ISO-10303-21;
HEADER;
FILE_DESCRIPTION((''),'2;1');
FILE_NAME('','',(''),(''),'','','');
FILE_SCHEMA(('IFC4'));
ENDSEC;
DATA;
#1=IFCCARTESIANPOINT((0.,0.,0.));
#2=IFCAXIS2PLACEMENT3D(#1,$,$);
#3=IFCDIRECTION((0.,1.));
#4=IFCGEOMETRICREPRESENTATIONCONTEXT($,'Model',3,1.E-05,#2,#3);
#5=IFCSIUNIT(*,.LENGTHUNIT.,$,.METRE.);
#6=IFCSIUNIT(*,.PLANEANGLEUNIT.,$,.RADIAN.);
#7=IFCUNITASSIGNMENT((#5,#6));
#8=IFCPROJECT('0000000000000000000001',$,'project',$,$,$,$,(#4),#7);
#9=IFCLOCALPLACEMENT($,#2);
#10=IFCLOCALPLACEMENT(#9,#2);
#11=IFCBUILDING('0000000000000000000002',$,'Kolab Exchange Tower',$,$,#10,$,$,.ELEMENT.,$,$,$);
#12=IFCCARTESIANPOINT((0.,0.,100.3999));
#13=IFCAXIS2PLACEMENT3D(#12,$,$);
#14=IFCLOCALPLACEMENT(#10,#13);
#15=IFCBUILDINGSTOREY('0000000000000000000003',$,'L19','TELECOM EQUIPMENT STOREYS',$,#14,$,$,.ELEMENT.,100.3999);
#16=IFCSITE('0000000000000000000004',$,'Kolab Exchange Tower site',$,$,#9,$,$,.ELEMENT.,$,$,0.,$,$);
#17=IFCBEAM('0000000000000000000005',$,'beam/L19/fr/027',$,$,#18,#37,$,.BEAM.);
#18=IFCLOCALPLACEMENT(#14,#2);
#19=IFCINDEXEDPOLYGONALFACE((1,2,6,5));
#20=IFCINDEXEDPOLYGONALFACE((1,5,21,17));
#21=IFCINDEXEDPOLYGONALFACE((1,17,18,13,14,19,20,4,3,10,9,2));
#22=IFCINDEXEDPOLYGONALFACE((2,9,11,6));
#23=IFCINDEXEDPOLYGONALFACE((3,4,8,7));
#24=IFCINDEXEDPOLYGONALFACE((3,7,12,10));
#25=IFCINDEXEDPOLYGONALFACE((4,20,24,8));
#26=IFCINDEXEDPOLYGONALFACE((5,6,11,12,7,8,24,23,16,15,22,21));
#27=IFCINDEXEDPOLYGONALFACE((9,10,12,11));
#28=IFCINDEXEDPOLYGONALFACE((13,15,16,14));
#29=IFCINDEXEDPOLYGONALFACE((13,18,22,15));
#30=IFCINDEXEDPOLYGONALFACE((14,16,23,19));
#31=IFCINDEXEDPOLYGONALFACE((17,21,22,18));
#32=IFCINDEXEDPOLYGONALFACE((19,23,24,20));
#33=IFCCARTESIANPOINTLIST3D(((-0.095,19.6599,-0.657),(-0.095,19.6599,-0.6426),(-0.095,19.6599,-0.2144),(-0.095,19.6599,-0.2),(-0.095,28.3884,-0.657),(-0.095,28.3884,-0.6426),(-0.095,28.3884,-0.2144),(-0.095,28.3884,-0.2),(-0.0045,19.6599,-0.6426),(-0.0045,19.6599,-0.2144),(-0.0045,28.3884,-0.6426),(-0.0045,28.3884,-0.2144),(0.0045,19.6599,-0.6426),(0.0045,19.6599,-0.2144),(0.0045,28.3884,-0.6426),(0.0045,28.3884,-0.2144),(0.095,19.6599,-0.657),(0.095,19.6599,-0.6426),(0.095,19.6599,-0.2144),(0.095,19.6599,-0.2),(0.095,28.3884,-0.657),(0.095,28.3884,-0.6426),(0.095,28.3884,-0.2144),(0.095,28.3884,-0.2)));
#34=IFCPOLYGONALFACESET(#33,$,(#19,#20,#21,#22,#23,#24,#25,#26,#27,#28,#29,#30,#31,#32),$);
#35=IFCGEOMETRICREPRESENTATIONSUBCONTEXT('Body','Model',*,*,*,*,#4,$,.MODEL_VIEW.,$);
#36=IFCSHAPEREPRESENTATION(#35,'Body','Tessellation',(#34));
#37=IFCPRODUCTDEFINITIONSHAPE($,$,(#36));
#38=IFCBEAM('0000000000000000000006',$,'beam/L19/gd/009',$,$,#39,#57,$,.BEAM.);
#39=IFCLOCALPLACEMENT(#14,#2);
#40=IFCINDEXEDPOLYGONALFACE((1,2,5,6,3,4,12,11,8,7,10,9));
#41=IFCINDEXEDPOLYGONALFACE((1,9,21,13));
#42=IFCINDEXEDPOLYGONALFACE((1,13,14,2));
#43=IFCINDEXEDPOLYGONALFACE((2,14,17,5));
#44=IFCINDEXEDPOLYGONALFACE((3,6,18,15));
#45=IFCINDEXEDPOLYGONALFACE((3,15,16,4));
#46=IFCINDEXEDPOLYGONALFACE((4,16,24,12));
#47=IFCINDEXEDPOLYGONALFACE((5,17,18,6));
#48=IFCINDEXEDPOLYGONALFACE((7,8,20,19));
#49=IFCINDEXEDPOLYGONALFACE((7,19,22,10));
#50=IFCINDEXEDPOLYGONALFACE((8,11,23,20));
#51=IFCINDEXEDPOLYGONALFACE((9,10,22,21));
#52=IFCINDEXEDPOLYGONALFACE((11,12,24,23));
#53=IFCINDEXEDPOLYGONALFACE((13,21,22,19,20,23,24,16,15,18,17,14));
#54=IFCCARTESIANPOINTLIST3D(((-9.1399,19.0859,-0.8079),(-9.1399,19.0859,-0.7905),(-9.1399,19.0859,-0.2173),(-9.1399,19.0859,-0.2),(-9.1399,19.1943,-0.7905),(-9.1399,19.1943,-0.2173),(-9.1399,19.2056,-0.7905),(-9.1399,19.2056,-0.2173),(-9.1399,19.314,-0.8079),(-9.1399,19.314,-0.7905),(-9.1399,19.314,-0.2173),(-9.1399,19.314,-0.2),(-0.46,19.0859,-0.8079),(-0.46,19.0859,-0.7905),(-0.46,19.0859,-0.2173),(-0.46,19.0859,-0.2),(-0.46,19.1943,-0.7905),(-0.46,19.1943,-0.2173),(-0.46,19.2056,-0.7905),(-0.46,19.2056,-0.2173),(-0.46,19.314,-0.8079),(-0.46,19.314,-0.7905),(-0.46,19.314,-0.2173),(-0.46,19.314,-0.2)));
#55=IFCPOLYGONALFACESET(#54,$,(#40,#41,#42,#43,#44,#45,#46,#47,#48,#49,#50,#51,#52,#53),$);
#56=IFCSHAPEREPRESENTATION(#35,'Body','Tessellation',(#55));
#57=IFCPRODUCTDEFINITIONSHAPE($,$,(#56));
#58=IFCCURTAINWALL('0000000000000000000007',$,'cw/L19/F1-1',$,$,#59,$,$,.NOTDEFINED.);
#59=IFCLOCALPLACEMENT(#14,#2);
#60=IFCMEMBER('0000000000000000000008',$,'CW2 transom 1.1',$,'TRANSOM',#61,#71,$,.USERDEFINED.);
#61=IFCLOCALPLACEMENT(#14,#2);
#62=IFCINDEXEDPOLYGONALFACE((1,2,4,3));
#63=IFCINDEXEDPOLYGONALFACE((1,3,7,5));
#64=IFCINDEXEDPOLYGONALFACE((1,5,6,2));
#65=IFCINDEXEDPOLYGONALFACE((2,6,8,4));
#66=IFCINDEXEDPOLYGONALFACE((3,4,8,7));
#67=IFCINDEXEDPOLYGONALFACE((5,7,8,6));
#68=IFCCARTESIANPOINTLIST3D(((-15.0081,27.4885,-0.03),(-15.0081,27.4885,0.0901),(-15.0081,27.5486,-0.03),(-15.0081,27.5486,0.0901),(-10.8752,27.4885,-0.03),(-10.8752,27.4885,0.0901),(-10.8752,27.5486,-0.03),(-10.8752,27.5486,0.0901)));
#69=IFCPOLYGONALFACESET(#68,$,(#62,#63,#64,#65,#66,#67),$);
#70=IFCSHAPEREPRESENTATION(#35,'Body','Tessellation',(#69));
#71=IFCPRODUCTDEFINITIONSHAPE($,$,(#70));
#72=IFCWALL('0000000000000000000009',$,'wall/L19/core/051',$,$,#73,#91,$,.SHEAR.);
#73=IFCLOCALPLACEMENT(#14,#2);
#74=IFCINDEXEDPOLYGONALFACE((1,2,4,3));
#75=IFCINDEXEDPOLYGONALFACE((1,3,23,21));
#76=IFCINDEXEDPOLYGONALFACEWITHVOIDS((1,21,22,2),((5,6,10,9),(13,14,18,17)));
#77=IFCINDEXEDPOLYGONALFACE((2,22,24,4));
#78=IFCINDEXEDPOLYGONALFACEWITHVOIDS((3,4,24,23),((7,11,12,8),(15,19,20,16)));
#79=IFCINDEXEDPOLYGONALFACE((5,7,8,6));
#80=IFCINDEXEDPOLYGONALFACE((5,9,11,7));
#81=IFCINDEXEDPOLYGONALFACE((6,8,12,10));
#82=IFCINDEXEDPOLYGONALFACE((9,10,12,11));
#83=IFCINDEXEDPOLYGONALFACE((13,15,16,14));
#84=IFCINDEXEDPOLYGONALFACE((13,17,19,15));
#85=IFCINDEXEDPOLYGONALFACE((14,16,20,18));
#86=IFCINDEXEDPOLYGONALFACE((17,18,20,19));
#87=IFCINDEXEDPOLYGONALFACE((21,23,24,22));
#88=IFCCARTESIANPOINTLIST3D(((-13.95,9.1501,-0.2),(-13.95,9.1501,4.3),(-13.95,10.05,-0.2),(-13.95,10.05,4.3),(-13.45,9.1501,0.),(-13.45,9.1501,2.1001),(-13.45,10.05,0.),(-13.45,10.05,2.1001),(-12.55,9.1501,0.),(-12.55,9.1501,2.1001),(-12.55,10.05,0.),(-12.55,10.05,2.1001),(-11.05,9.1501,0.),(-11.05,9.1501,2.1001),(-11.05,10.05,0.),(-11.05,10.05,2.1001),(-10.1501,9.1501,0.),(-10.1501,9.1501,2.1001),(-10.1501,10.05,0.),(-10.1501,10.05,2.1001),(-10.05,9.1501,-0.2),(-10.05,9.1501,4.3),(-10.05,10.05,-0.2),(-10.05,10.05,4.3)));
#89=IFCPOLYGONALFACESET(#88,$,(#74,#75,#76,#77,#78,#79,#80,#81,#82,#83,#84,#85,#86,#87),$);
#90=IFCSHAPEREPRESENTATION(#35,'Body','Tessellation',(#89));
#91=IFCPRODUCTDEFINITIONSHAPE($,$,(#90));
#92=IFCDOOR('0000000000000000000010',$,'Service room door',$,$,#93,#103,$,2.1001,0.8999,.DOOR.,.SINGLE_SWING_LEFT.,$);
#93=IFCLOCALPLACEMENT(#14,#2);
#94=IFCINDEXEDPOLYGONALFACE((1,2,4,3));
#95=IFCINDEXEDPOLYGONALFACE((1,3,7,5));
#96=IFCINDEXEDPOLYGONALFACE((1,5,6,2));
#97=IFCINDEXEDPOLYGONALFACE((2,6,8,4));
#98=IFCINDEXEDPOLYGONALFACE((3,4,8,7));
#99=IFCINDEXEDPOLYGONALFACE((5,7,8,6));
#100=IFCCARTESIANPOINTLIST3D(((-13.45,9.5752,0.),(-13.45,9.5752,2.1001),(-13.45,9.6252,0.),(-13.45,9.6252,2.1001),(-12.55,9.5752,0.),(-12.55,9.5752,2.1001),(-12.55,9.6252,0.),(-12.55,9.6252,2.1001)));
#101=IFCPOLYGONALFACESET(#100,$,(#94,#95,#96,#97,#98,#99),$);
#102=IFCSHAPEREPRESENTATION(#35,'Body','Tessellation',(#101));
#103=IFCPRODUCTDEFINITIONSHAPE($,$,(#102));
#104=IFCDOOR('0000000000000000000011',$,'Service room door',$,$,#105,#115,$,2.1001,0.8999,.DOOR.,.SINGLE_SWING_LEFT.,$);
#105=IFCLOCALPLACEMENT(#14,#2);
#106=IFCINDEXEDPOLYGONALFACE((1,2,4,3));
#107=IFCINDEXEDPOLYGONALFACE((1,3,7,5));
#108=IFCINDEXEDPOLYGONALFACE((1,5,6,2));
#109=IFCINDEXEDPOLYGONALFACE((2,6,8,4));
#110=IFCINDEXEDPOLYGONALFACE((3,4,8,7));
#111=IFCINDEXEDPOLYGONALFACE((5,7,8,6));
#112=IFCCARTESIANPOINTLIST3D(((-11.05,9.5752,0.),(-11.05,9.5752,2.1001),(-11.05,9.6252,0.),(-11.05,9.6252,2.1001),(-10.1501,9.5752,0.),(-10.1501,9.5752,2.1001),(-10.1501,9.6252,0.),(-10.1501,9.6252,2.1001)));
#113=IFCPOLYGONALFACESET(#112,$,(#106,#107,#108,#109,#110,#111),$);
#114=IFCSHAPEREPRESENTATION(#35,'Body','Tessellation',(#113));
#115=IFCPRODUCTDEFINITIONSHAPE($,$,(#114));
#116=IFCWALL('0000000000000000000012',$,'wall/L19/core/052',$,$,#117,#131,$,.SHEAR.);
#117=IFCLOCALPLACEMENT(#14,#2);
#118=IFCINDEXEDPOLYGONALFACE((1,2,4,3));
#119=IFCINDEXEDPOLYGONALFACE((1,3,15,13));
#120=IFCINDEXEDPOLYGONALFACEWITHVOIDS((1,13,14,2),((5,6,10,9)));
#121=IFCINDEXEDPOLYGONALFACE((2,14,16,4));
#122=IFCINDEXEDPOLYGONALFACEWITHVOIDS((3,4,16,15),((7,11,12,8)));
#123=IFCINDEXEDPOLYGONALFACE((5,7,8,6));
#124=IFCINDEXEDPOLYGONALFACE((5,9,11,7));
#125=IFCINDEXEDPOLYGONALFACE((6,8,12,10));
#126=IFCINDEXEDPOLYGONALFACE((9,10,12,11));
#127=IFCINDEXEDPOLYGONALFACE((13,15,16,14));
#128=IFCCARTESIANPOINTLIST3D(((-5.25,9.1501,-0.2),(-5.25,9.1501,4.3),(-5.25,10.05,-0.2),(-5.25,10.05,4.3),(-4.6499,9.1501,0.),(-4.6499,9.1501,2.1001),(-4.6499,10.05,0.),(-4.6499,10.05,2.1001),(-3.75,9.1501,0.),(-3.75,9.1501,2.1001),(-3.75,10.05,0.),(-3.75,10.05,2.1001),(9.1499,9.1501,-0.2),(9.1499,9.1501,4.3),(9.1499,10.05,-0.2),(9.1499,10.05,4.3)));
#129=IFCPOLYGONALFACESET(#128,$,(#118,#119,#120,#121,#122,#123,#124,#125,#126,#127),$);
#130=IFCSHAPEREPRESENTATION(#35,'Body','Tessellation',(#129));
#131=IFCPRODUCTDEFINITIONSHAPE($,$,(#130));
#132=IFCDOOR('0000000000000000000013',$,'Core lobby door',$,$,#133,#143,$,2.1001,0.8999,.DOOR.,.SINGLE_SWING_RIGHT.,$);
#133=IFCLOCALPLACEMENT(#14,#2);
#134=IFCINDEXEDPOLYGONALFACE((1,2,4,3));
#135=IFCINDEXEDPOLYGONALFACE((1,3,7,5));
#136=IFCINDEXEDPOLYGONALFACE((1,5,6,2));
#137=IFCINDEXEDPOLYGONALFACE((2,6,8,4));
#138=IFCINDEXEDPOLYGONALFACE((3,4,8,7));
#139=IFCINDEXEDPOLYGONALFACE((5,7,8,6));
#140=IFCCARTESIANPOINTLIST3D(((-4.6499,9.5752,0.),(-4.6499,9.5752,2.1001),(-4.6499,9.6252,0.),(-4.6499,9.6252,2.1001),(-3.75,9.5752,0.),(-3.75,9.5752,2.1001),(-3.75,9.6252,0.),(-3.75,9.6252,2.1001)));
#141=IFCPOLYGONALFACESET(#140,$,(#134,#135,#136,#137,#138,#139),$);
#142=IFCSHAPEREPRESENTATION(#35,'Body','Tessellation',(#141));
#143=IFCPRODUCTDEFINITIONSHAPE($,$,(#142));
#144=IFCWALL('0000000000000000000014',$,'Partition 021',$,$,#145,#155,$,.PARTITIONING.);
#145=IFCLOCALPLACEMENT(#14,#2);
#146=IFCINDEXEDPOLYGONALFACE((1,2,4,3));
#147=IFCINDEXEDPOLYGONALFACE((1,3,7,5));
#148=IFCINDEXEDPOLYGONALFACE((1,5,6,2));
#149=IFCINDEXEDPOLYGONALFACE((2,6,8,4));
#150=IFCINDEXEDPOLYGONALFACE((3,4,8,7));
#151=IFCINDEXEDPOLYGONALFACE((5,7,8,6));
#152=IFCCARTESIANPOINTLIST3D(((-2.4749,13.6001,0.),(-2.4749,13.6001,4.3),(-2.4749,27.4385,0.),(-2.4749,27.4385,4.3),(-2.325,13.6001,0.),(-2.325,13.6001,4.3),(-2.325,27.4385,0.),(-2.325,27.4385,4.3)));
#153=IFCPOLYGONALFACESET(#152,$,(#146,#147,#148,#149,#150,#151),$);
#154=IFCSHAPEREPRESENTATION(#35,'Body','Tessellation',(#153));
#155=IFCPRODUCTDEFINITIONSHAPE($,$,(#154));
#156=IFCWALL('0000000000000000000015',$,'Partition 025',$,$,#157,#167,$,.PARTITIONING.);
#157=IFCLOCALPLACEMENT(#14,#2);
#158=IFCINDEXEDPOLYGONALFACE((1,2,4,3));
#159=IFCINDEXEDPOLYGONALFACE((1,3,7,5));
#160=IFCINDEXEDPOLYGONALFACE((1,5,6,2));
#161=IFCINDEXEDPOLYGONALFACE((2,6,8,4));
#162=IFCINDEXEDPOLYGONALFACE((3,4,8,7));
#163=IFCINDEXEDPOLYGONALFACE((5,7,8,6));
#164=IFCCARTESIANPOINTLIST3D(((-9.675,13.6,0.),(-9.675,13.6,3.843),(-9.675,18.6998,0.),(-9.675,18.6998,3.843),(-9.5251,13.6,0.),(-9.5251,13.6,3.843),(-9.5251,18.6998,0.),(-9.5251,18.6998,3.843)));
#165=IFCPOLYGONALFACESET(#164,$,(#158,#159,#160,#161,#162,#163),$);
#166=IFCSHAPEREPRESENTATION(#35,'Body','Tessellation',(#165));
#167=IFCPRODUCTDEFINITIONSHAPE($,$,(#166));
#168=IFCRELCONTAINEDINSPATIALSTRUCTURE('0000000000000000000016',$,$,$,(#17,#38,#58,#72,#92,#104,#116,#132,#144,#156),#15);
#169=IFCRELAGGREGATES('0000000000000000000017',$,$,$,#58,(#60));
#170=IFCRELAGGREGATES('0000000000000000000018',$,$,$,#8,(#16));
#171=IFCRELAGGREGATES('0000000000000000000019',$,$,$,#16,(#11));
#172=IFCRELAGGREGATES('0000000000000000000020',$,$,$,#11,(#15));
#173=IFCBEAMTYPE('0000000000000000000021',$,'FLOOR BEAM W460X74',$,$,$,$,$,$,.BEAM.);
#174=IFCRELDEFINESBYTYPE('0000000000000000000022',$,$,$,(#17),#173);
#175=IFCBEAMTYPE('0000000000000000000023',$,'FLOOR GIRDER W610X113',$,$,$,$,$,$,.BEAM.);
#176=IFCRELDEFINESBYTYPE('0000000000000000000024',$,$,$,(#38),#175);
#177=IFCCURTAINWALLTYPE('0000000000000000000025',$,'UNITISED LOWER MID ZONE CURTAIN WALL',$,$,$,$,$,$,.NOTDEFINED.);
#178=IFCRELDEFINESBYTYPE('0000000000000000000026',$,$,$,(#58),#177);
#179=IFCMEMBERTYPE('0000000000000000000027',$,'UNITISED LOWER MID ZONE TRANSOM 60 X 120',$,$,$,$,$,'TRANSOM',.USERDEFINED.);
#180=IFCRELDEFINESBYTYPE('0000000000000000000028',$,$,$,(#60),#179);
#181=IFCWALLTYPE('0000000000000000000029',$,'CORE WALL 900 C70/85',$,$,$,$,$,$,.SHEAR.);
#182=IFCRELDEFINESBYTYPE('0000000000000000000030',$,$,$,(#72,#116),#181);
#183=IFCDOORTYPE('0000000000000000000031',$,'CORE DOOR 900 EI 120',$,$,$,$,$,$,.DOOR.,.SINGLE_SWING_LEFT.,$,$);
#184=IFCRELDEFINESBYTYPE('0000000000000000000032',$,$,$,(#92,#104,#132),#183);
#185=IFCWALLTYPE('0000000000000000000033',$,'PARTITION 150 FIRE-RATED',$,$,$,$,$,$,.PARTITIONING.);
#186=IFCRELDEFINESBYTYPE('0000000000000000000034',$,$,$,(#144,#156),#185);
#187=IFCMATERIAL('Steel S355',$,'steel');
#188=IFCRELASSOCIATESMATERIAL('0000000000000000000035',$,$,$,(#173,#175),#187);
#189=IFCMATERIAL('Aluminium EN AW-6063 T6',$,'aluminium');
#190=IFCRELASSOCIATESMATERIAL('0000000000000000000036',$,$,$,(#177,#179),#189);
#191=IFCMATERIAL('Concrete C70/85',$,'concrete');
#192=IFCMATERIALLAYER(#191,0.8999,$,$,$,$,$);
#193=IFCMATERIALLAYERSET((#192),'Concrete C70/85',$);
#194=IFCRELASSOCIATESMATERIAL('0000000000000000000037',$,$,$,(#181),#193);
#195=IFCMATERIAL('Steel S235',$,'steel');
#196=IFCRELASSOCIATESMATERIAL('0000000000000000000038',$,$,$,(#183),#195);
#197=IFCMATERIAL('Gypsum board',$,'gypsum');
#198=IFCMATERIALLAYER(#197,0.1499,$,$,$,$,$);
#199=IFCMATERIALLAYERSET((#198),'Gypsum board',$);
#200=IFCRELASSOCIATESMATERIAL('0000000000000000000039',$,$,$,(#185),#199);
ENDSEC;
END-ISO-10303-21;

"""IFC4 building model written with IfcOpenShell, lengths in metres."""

from ifc_helpers import new_model, si_unit, direction, frame, frame_2d, origin, origin_2d, place, context, subcontext, project, spatial, rectangle, i_section, extrude, material, layer, layer_set, material_profile, profile_set, type_object, element, fill, aggregate, save


model = new_model("IFC4")

# Units and contexts
model_context = context("Model", 3, precision=1e-05, world=origin(), true_north=direction((0.0, 1.0)))
body_context = subcontext(model_context, "Body", "Model", "MODEL_VIEW")
ifc_project = project(units=[si_unit("LENGTHUNIT", "METRE"), si_unit("PLANEANGLEUNIT", "RADIAN")], contexts=[model_context])

# Site, building, storey
site_placement = place(None, origin())
site = spatial("IfcSite", under=ifc_project, at=site_placement, Name="Kolab Exchange Tower site", CompositionType="ELEMENT", RefElevation=0.0)
building_placement = place(site_placement, origin())
building = spatial("IfcBuilding", under=site, at=building_placement, Name="Kolab Exchange Tower", CompositionType="ELEMENT")
storey_placement = place(building_placement, frame((0.0, 0.0, 100.3999)))
storey = spatial("IfcBuildingStorey", under=building, at=storey_placement, Name="L19", Description="TELECOM EQUIPMENT STOREYS", CompositionType="ELEMENT", Elevation=100.3999)

# Shared definitions
ifc_material_1 = material(Name="Concrete C70/85", Category="concrete")

# Beams
ifc_material_2 = material(Name="Steel S355", Category="steel")
ifc_material_profile_1 = material_profile(ifc_material_2, i_section(OverallWidth=0.1899, OverallDepth=0.457, WebThickness=0.009, FlangeThickness=0.0144, at=origin_2d()), Name="W460X74")
ifc_profile_set_1 = profile_set([ifc_material_profile_1], Name="Steel S355")
beam_type_1 = type_object("IfcBeamType", Name="FLOOR BEAM W460X74", PredefinedType="BEAM", material=ifc_profile_set_1)
beam_1_placement = place(storey_placement, frame((0.0, 19.6599, -0.4285), z_axis=(0.0, 1.0, 0.0), x_axis=(-1.0, 0.0, 0.0)))
element("IfcBeam", 1, at=beam_1_placement, inside=storey, type_object=beam_type_1, Name="beam/L19/fr/027", PredefinedType="BEAM", context=body_context, shape_type="SweptSolid", body=[
    extrude(i_section(OverallWidth=0.1899, OverallDepth=0.457, WebThickness=0.009, FlangeThickness=0.0144, at=origin_2d()), origin(), (0.0, 0.0, 1.0), 8.7285),
])
ifc_material_profile_2 = material_profile(ifc_material_2, i_section(OverallWidth=0.228, OverallDepth=0.6079, WebThickness=0.0112, FlangeThickness=0.0173, at=origin_2d()), Name="W610X113")
ifc_profile_set_2 = profile_set([ifc_material_profile_2], Name="Steel S355")
beam_type_2 = type_object("IfcBeamType", Name="FLOOR GIRDER W610X113", PredefinedType="BEAM", material=ifc_profile_set_2)
beam_2_placement = place(storey_placement, frame((-9.1399, 19.2, -0.5039), z_axis=(1.0, 0.0, 0.0), x_axis=(0.0, 1.0, 0.0)))
element("IfcBeam", 2, at=beam_2_placement, inside=storey, type_object=beam_type_2, Name="beam/L19/gd/009", PredefinedType="BEAM", context=body_context, shape_type="SweptSolid", body=[
    extrude(i_section(OverallWidth=0.228, OverallDepth=0.6079, WebThickness=0.0112, FlangeThickness=0.0173, at=origin_2d()), origin(), (0.0, 0.0, 1.0), 8.6799),
])

# Curtain wall, member
ifc_material_3 = material(Name="Aluminium EN AW-6063 T6", Category="aluminium")
curtain_wall_type = type_object("IfcCurtainWallType", Name="UNITISED LOWER MID ZONE CURTAIN WALL", PredefinedType="NOTDEFINED", material=ifc_material_3)
curtain_wall_placement = place(storey_placement, origin())
curtain_wall = element("IfcCurtainWall", 3, at=curtain_wall_placement, inside=storey, type_object=curtain_wall_type, Name="cw/L19/F1-1", PredefinedType="NOTDEFINED")
ifc_material_profile_3 = material_profile(ifc_material_3, rectangle(XDim=0.0601, YDim=0.1201, at=origin_2d()), Name="RECT 60X120")
ifc_profile_set_3 = profile_set([ifc_material_profile_3], Name="Aluminium EN AW-6063 T6")
member_type = type_object("IfcMemberType", Name="UNITISED LOWER MID ZONE TRANSOM 60 X 120", ElementType="TRANSOM", PredefinedType="USERDEFINED", material=ifc_profile_set_3)
member_placement = place(storey_placement, frame((-15.0081, 27.5186, 0.03), z_axis=(1.0, 0.0, 0.0), x_axis=(0.0, 1.0, 0.0)))
member = element("IfcMember", 4, at=member_placement, type_object=member_type, Name="CW2 transom 1.1", ObjectType="TRANSOM", PredefinedType="USERDEFINED", context=body_context, shape_type="SweptSolid", body=[
    extrude(rectangle(XDim=0.0601, YDim=0.1201, at=origin_2d()), origin(), (0.0, 0.0, 1.0), 4.1328),
])
aggregate(curtain_wall, [member])

# Wall, openings, doors
ifc_layer_1 = layer(ifc_material_1, 0.8999)
ifc_layer_set_1 = layer_set([ifc_layer_1], Name="Concrete C70/85")
wall_type_1 = type_object("IfcWallType", Name="CORE WALL 900 C70/85", PredefinedType="SHEAR", material=ifc_layer_set_1)
wall_1_placement = place(storey_placement, frame((-13.95, 9.6001, -0.2), z_axis=(0.0, 0.0, 1.0), x_axis=(1.0, 0.0, 0.0)))
wall_1 = element("IfcWall", 5, at=wall_1_placement, inside=storey, type_object=wall_type_1, Name="wall/L19/core/051", PredefinedType="SHEAR", context=body_context, shape_type="SweptSolid", body=[
    extrude(rectangle(XDim=3.8999, YDim=0.8999, at=frame_2d((1.95, 0.0))), origin(), (0.0, 0.0, 1.0), 4.5),
])
opening_1_placement = place(wall_1_placement, frame((0.5, 0.0, 0.2)))
opening_1 = element("IfcOpeningElement", 6, at=opening_1_placement, cuts=wall_1, PredefinedType="OPENING", context=body_context, shape_type="SweptSolid", body=[
    extrude(rectangle(XDim=0.8999, YDim=2.1001, at=frame_2d((0.45, 1.05))), frame((0.0, 0.46, 0.0), z_axis=(0.0, -1.0, 0.0), x_axis=(1.0, 0.0, 0.0)), (0.0, 0.0, 1.0), 0.9199),
])
opening_2_placement = place(wall_1_placement, frame((2.8999, 0.0, 0.2)))
opening_2 = element("IfcOpeningElement", 7, at=opening_2_placement, cuts=wall_1, PredefinedType="OPENING", context=body_context, shape_type="SweptSolid", body=[
    extrude(rectangle(XDim=0.8999, YDim=2.1001, at=frame_2d((0.45, 1.05))), frame((0.0, 0.46, 0.0), z_axis=(0.0, -1.0, 0.0), x_axis=(1.0, 0.0, 0.0)), (0.0, 0.0, 1.0), 0.9199),
])
ifc_material_4 = material(Name="Steel S235", Category="steel")
door_type = type_object("IfcDoorType", Name="CORE DOOR 900 EI 120", OperationType="SINGLE_SWING_LEFT", PredefinedType="DOOR", material=ifc_material_4)
door_1_placement = place(opening_1_placement, frame((0.8999, 0.0, 0.0), z_axis=(0.0, 0.0, 1.0), x_axis=(-1.0, 0.0, 0.0)))
door_1 = element("IfcDoor", 8, at=door_1_placement, inside=storey, type_object=door_type, Name="Service room door", OperationType="SINGLE_SWING_LEFT", OverallHeight=2.1001, OverallWidth=0.8999, PredefinedType="DOOR", context=body_context, shape_type="SweptSolid", body=[
    extrude(rectangle(XDim=0.8999, YDim=2.1001, at=frame_2d((0.45, 1.05))), frame((0.0, 0.0249, 0.0), z_axis=(0.0, -1.0, 0.0), x_axis=(1.0, 0.0, 0.0)), (0.0, 0.0, 1.0), 0.05),
])
fill(opening_1, door_1)
door_2_placement = place(opening_2_placement, frame((0.8999, 0.0, 0.0), z_axis=(0.0, 0.0, 1.0), x_axis=(-1.0, 0.0, 0.0)))
door_2 = element("IfcDoor", 9, at=door_2_placement, inside=storey, type_object=door_type, Name="Service room door", OperationType="SINGLE_SWING_LEFT", OverallHeight=2.1001, OverallWidth=0.8999, PredefinedType="DOOR", context=body_context, shape_type="SweptSolid", body=[
    extrude(rectangle(XDim=0.8999, YDim=2.1001, at=frame_2d((0.45, 1.05))), frame((0.0, 0.0249, 0.0), z_axis=(0.0, -1.0, 0.0), x_axis=(1.0, 0.0, 0.0)), (0.0, 0.0, 1.0), 0.05),
])
fill(opening_2, door_2)

# Wall, opening, door
wall_2_placement = place(storey_placement, frame((-5.25, 9.6001, -0.2), z_axis=(0.0, 0.0, 1.0), x_axis=(1.0, 0.0, 0.0)))
wall_2 = element("IfcWall", 10, at=wall_2_placement, inside=storey, type_object=wall_type_1, Name="wall/L19/core/052", PredefinedType="SHEAR", context=body_context, shape_type="SweptSolid", body=[
    extrude(rectangle(XDim=14.3999, YDim=0.8999, at=frame_2d((7.2, 0.0))), origin(), (0.0, 0.0, 1.0), 4.5),
])
opening_3_placement = place(wall_2_placement, frame((0.6001, 0.0, 0.2)))
opening_3 = element("IfcOpeningElement", 11, at=opening_3_placement, cuts=wall_2, PredefinedType="OPENING", context=body_context, shape_type="SweptSolid", body=[
    extrude(rectangle(XDim=0.8999, YDim=2.1001, at=frame_2d((0.45, 1.05))), frame((0.0, 0.46, 0.0), z_axis=(0.0, -1.0, 0.0), x_axis=(1.0, 0.0, 0.0)), (0.0, 0.0, 1.0), 0.9199),
])
door_3_placement = place(opening_3_placement, frame((0.8999, 0.0, 0.0), z_axis=(0.0, 0.0, 1.0), x_axis=(-1.0, 0.0, 0.0)))
door_3 = element("IfcDoor", 12, at=door_3_placement, inside=storey, type_object=door_type, Name="Core lobby door", OperationType="SINGLE_SWING_RIGHT", OverallHeight=2.1001, OverallWidth=0.8999, PredefinedType="DOOR", context=body_context, shape_type="SweptSolid", body=[
    extrude(rectangle(XDim=0.8999, YDim=2.1001, at=frame_2d((0.45, 1.05))), frame((0.0, 0.0249, 0.0), z_axis=(0.0, -1.0, 0.0), x_axis=(1.0, 0.0, 0.0)), (0.0, 0.0, 1.0), 0.05),
])
fill(opening_3, door_3)

# Walls
ifc_material_5 = material(Name="Gypsum board", Category="gypsum")
ifc_layer_2 = layer(ifc_material_5, 0.1499)
ifc_layer_set_2 = layer_set([ifc_layer_2], Name="Gypsum board")
wall_type_2 = type_object("IfcWallType", Name="PARTITION 150 FIRE-RATED", PredefinedType="PARTITIONING", material=ifc_layer_set_2)
wall_3_placement = place(storey_placement, frame((-2.3999, 13.6001, 0.0), z_axis=(0.0, 0.0, 1.0), x_axis=(0.0, 1.0, 0.0)))
element("IfcWall", 13, at=wall_3_placement, inside=storey, type_object=wall_type_2, Name="Partition 021", PredefinedType="PARTITIONING", context=body_context, shape_type="SweptSolid", body=[
    extrude(rectangle(XDim=13.8384, YDim=0.1499, at=frame_2d((6.9192, 0.0))), origin(), (0.0, 0.0, 1.0), 4.3),
])
wall_4_placement = place(storey_placement, frame((-9.6001, 13.6001, 0.0), z_axis=(0.0, 0.0, 1.0), x_axis=(0.0, 1.0, 0.0)))
element("IfcWall", 14, at=wall_4_placement, inside=storey, type_object=wall_type_2, Name="Partition 025", PredefinedType="PARTITIONING", context=body_context, shape_type="SweptSolid", body=[
    extrude(rectangle(XDim=5.0999, YDim=0.1499, at=frame_2d((2.5498, 0.0))), origin(), (0.0, 0.0, 1.0), 3.843),
])

save(model, "model.ifc")
